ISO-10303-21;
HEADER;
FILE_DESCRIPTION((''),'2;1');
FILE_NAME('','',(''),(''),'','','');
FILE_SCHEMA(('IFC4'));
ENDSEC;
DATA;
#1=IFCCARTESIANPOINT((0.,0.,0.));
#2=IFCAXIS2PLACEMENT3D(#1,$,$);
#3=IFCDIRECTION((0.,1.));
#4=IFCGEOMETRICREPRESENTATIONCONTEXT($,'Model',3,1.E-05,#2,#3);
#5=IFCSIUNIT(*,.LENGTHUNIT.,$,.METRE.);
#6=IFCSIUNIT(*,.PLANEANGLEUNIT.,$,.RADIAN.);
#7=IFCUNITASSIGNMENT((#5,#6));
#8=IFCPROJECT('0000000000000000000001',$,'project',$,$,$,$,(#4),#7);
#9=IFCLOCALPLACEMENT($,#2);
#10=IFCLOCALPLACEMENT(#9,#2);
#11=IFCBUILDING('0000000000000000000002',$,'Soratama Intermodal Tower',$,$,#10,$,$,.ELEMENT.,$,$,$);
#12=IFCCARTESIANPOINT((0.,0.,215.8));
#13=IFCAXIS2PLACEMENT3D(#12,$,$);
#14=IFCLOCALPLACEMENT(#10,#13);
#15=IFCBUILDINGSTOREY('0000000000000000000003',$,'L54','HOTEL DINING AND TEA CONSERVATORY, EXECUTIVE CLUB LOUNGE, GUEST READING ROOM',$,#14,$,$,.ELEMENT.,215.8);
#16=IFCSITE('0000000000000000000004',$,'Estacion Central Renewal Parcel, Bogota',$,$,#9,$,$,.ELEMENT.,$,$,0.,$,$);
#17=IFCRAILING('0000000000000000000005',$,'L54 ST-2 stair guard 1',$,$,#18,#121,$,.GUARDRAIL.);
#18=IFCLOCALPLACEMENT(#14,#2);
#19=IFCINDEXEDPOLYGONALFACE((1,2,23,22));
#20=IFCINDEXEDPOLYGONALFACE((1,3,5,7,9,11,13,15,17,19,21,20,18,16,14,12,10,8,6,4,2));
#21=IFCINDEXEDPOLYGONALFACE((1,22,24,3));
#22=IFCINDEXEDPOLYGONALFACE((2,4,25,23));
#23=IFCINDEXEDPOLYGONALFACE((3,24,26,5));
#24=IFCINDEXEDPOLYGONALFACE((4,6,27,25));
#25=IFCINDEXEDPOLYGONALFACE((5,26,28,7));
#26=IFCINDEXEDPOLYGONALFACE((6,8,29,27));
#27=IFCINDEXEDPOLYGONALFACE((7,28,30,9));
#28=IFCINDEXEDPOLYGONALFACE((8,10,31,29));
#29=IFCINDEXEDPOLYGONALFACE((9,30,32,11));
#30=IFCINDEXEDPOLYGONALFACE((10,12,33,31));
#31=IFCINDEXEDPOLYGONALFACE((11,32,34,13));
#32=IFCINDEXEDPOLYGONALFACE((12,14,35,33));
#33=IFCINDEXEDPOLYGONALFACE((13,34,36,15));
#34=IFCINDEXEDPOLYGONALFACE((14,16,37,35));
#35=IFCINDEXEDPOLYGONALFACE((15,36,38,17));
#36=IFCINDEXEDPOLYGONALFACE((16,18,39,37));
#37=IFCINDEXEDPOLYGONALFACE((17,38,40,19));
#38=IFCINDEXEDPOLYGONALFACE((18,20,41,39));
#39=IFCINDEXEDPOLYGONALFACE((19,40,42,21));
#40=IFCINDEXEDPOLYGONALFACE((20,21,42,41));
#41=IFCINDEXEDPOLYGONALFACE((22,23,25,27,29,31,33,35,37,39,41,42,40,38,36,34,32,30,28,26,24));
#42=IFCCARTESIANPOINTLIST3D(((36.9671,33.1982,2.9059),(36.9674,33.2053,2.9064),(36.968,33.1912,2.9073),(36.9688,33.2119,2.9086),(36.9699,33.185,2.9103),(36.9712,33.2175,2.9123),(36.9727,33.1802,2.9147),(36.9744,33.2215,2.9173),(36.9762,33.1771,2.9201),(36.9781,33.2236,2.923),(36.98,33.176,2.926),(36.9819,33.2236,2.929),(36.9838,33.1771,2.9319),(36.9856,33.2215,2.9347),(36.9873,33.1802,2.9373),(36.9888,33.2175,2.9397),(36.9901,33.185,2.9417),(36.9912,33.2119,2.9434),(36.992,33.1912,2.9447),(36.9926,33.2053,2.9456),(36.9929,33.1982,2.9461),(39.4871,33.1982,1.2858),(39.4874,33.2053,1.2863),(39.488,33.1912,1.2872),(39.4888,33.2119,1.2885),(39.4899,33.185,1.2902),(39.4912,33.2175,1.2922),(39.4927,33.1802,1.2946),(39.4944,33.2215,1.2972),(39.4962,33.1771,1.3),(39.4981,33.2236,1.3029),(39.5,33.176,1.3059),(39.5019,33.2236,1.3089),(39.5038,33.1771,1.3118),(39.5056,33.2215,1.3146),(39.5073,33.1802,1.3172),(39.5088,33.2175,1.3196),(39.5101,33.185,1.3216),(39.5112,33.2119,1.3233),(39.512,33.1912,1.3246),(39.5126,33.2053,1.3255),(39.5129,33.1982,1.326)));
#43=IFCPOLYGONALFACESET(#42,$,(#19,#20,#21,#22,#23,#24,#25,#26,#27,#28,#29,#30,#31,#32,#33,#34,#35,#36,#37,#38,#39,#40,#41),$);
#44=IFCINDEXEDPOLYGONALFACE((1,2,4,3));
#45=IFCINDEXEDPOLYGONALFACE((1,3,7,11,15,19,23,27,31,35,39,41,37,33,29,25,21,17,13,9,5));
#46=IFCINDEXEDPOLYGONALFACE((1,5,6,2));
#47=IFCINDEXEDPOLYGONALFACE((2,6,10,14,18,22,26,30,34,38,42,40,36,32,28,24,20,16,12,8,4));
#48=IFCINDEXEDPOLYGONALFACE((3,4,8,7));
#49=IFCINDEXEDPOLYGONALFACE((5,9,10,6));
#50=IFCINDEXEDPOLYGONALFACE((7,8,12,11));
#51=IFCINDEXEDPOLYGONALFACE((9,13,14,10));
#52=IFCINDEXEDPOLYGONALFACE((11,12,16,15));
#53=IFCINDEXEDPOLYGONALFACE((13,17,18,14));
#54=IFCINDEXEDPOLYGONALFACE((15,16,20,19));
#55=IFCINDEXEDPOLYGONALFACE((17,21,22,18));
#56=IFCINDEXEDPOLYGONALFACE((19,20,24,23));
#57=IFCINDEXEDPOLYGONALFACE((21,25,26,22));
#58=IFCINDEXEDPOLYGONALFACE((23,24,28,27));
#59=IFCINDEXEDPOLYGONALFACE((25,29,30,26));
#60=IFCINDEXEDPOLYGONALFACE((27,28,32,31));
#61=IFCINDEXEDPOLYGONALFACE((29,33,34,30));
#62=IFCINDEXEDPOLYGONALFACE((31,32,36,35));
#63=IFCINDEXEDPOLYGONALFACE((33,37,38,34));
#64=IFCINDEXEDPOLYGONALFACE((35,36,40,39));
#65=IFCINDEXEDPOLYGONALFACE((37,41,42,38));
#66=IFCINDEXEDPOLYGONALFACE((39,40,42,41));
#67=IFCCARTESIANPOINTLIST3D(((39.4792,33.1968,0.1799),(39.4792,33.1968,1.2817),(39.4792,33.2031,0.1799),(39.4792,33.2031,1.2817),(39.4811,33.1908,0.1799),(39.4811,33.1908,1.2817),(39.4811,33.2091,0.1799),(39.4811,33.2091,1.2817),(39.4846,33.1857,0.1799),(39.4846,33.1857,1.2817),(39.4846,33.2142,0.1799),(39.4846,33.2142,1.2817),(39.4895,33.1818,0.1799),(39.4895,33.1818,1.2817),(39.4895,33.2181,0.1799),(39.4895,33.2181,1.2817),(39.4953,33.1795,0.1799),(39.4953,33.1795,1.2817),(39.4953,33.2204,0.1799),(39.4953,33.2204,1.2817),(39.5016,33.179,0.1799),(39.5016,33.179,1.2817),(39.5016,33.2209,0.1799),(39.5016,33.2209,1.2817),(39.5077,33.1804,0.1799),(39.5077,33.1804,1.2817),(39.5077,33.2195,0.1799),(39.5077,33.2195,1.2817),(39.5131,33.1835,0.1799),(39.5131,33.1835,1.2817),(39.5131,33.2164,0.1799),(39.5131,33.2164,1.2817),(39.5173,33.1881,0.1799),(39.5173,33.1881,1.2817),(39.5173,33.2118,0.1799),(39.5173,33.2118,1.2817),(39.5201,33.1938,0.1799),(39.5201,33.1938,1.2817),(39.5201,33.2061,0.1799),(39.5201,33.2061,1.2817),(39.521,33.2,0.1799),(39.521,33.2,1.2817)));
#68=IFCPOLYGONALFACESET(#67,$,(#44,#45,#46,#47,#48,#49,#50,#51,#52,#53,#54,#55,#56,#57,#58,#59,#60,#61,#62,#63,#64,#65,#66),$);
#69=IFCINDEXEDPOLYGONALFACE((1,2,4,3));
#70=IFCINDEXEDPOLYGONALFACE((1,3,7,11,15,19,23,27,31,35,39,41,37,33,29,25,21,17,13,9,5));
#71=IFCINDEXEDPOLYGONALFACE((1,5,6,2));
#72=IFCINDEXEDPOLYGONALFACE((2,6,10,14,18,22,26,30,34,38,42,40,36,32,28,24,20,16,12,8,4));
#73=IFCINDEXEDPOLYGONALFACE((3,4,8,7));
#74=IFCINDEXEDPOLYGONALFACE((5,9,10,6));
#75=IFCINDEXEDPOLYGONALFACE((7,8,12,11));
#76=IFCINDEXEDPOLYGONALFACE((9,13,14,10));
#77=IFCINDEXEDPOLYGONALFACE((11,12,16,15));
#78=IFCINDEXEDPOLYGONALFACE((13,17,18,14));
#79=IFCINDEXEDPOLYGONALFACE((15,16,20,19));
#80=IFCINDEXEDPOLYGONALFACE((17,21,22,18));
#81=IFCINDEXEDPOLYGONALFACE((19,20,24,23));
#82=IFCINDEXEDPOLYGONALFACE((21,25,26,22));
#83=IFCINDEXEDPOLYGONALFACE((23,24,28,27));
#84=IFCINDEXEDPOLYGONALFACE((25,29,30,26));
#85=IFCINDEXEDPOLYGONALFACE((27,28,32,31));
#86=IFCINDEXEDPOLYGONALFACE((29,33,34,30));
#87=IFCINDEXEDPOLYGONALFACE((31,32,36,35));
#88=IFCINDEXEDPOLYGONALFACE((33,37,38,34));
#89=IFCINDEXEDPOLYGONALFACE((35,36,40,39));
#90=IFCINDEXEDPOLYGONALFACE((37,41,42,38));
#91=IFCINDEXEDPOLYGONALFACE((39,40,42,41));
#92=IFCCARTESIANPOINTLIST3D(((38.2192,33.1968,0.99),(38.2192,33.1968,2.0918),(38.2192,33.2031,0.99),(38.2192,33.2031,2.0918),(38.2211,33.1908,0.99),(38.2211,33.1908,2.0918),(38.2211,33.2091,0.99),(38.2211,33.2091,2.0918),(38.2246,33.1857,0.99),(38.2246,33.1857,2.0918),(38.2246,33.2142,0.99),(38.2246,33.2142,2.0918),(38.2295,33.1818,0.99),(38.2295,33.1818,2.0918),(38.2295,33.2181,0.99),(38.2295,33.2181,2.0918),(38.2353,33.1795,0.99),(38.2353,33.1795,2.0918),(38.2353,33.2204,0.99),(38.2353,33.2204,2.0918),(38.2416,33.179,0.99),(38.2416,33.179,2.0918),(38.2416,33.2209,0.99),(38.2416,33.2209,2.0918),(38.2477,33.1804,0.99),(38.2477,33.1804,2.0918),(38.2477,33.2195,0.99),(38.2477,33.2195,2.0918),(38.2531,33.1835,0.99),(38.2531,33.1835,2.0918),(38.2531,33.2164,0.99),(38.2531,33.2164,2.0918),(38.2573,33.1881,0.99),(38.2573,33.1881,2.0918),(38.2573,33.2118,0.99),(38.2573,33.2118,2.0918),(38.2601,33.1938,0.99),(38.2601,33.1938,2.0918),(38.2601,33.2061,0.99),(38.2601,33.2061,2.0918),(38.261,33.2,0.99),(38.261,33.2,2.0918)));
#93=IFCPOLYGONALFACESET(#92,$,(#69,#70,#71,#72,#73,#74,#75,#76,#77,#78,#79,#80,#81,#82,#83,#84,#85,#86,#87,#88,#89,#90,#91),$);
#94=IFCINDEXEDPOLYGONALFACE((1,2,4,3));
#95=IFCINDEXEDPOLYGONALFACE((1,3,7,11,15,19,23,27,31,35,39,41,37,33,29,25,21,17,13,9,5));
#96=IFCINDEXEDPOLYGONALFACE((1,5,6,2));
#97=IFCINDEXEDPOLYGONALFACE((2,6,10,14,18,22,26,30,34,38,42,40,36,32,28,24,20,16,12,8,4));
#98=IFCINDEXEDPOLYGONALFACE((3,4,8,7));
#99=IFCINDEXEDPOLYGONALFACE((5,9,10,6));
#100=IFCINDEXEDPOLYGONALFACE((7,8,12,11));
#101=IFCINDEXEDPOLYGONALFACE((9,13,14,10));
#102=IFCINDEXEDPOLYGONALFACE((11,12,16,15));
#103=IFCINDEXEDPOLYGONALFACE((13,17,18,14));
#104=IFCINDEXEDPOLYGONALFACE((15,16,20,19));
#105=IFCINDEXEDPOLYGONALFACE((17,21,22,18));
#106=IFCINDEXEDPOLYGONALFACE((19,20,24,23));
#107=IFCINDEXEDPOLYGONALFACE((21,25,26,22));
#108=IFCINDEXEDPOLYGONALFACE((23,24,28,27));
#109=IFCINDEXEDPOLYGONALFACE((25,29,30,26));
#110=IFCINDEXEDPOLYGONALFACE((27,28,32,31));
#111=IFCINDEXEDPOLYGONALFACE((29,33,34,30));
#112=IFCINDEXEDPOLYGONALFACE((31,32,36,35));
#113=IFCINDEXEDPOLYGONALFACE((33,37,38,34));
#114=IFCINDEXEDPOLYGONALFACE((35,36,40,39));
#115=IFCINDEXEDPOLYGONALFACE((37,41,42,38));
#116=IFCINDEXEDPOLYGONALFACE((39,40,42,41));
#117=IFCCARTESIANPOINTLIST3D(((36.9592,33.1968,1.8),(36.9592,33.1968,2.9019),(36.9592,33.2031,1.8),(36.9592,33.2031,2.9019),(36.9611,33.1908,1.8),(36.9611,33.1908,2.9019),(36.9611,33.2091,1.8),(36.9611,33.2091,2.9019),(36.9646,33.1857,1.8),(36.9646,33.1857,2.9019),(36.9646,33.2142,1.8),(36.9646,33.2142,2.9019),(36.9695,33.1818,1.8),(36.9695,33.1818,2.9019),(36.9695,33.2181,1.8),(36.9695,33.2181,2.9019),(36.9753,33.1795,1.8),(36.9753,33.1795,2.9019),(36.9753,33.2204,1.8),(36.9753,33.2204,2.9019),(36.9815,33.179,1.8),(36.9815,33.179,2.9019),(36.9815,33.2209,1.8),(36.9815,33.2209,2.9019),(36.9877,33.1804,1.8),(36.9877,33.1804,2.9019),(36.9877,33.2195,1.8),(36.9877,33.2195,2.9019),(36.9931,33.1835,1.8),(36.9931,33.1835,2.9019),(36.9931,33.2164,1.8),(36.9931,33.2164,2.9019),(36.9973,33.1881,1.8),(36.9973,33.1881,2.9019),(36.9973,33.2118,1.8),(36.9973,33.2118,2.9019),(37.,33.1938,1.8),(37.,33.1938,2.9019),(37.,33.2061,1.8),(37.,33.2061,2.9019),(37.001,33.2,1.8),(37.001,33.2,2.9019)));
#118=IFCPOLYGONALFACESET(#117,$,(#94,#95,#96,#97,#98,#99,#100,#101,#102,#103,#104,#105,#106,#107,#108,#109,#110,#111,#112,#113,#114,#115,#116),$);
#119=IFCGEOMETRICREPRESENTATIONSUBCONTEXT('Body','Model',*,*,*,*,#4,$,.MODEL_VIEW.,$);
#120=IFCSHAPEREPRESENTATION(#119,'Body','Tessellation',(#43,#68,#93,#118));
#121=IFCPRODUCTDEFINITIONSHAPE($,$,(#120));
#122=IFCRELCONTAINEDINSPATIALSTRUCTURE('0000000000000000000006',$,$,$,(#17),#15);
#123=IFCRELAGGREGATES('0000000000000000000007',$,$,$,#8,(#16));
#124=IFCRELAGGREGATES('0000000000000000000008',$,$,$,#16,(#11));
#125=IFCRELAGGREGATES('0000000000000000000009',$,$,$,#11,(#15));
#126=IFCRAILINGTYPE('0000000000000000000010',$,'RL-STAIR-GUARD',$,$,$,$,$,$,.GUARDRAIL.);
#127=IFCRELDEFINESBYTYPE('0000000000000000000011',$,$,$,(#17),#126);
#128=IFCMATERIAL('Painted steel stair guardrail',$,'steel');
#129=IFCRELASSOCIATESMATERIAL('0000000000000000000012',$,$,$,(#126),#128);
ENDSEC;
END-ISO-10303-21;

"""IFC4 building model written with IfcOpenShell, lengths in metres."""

from ifc_helpers import new_model, si_unit, direction, frame, origin, origin_2d, place, context, subcontext, project, spatial, circle, extrude, material, type_object, element, save


model = new_model("IFC4")

# Units and contexts
model_context = context("Model", 3, precision=1e-05, world=origin(), true_north=direction((0.0, 1.0)))
body_context = subcontext(model_context, "Body", "Model", "MODEL_VIEW")
ifc_project = project(units=[si_unit("LENGTHUNIT", "METRE"), si_unit("PLANEANGLEUNIT", "RADIAN")], contexts=[model_context])

# Site, building, storey
site_placement = place(None, origin())
site = spatial("IfcSite", under=ifc_project, at=site_placement, Name="Estacion Central Renewal Parcel, Bogota", CompositionType="ELEMENT", RefElevation=0.0)
building_placement = place(site_placement, origin())
building = spatial("IfcBuilding", under=site, at=building_placement, Name="Soratama Intermodal Tower", CompositionType="ELEMENT")
storey_placement = place(building_placement, frame((0.0, 0.0, 215.8)))
storey = spatial("IfcBuildingStorey", under=building, at=storey_placement, Name="L54", Description="HOTEL DINING AND TEA CONSERVATORY, EXECUTIVE CLUB LOUNGE, GUEST READING ROOM", CompositionType="ELEMENT", Elevation=215.8)

# Railing
ifc_material_1 = material(Name="Painted steel stair guardrail", Category="steel")
railing_type_1 = type_object("IfcRailingType", Name="RL-STAIR-GUARD", PredefinedType="GUARDRAIL", material=ifc_material_1)
railing_1_placement = place(storey_placement, frame((39.5, 33.2, 0.1799)))
element("IfcRailing", 1, at=railing_1_placement, inside=storey, type_object=railing_type_1, Name="L54 ST-2 stair guard 1", PredefinedType="GUARDRAIL", context=body_context, shape_type="SweptSolid", body=[
    extrude(circle(Radius=0.0239, at=origin_2d()), frame((0.0, 0.0, 1.126), z_axis=(-0.841163, 0.0, 0.540782), x_axis=(0.0, -1.0, 0.0)), (0.0, 0.0, 1.0), 2.9958),
    extrude(circle(Radius=0.021, at=origin_2d()), origin(), (0.0, 0.0, 1.0), 1.1018),
    extrude(circle(Radius=0.021, at=origin_2d()), frame((-1.26, 0.0, 0.8101)), (0.0, 0.0, 1.0), 1.1018),
    extrude(circle(Radius=0.021, at=origin_2d()), frame((-2.52, 0.0, 1.6201)), (0.0, 0.0, 1.0), 1.1018),
])

save(model, "model.ifc")
